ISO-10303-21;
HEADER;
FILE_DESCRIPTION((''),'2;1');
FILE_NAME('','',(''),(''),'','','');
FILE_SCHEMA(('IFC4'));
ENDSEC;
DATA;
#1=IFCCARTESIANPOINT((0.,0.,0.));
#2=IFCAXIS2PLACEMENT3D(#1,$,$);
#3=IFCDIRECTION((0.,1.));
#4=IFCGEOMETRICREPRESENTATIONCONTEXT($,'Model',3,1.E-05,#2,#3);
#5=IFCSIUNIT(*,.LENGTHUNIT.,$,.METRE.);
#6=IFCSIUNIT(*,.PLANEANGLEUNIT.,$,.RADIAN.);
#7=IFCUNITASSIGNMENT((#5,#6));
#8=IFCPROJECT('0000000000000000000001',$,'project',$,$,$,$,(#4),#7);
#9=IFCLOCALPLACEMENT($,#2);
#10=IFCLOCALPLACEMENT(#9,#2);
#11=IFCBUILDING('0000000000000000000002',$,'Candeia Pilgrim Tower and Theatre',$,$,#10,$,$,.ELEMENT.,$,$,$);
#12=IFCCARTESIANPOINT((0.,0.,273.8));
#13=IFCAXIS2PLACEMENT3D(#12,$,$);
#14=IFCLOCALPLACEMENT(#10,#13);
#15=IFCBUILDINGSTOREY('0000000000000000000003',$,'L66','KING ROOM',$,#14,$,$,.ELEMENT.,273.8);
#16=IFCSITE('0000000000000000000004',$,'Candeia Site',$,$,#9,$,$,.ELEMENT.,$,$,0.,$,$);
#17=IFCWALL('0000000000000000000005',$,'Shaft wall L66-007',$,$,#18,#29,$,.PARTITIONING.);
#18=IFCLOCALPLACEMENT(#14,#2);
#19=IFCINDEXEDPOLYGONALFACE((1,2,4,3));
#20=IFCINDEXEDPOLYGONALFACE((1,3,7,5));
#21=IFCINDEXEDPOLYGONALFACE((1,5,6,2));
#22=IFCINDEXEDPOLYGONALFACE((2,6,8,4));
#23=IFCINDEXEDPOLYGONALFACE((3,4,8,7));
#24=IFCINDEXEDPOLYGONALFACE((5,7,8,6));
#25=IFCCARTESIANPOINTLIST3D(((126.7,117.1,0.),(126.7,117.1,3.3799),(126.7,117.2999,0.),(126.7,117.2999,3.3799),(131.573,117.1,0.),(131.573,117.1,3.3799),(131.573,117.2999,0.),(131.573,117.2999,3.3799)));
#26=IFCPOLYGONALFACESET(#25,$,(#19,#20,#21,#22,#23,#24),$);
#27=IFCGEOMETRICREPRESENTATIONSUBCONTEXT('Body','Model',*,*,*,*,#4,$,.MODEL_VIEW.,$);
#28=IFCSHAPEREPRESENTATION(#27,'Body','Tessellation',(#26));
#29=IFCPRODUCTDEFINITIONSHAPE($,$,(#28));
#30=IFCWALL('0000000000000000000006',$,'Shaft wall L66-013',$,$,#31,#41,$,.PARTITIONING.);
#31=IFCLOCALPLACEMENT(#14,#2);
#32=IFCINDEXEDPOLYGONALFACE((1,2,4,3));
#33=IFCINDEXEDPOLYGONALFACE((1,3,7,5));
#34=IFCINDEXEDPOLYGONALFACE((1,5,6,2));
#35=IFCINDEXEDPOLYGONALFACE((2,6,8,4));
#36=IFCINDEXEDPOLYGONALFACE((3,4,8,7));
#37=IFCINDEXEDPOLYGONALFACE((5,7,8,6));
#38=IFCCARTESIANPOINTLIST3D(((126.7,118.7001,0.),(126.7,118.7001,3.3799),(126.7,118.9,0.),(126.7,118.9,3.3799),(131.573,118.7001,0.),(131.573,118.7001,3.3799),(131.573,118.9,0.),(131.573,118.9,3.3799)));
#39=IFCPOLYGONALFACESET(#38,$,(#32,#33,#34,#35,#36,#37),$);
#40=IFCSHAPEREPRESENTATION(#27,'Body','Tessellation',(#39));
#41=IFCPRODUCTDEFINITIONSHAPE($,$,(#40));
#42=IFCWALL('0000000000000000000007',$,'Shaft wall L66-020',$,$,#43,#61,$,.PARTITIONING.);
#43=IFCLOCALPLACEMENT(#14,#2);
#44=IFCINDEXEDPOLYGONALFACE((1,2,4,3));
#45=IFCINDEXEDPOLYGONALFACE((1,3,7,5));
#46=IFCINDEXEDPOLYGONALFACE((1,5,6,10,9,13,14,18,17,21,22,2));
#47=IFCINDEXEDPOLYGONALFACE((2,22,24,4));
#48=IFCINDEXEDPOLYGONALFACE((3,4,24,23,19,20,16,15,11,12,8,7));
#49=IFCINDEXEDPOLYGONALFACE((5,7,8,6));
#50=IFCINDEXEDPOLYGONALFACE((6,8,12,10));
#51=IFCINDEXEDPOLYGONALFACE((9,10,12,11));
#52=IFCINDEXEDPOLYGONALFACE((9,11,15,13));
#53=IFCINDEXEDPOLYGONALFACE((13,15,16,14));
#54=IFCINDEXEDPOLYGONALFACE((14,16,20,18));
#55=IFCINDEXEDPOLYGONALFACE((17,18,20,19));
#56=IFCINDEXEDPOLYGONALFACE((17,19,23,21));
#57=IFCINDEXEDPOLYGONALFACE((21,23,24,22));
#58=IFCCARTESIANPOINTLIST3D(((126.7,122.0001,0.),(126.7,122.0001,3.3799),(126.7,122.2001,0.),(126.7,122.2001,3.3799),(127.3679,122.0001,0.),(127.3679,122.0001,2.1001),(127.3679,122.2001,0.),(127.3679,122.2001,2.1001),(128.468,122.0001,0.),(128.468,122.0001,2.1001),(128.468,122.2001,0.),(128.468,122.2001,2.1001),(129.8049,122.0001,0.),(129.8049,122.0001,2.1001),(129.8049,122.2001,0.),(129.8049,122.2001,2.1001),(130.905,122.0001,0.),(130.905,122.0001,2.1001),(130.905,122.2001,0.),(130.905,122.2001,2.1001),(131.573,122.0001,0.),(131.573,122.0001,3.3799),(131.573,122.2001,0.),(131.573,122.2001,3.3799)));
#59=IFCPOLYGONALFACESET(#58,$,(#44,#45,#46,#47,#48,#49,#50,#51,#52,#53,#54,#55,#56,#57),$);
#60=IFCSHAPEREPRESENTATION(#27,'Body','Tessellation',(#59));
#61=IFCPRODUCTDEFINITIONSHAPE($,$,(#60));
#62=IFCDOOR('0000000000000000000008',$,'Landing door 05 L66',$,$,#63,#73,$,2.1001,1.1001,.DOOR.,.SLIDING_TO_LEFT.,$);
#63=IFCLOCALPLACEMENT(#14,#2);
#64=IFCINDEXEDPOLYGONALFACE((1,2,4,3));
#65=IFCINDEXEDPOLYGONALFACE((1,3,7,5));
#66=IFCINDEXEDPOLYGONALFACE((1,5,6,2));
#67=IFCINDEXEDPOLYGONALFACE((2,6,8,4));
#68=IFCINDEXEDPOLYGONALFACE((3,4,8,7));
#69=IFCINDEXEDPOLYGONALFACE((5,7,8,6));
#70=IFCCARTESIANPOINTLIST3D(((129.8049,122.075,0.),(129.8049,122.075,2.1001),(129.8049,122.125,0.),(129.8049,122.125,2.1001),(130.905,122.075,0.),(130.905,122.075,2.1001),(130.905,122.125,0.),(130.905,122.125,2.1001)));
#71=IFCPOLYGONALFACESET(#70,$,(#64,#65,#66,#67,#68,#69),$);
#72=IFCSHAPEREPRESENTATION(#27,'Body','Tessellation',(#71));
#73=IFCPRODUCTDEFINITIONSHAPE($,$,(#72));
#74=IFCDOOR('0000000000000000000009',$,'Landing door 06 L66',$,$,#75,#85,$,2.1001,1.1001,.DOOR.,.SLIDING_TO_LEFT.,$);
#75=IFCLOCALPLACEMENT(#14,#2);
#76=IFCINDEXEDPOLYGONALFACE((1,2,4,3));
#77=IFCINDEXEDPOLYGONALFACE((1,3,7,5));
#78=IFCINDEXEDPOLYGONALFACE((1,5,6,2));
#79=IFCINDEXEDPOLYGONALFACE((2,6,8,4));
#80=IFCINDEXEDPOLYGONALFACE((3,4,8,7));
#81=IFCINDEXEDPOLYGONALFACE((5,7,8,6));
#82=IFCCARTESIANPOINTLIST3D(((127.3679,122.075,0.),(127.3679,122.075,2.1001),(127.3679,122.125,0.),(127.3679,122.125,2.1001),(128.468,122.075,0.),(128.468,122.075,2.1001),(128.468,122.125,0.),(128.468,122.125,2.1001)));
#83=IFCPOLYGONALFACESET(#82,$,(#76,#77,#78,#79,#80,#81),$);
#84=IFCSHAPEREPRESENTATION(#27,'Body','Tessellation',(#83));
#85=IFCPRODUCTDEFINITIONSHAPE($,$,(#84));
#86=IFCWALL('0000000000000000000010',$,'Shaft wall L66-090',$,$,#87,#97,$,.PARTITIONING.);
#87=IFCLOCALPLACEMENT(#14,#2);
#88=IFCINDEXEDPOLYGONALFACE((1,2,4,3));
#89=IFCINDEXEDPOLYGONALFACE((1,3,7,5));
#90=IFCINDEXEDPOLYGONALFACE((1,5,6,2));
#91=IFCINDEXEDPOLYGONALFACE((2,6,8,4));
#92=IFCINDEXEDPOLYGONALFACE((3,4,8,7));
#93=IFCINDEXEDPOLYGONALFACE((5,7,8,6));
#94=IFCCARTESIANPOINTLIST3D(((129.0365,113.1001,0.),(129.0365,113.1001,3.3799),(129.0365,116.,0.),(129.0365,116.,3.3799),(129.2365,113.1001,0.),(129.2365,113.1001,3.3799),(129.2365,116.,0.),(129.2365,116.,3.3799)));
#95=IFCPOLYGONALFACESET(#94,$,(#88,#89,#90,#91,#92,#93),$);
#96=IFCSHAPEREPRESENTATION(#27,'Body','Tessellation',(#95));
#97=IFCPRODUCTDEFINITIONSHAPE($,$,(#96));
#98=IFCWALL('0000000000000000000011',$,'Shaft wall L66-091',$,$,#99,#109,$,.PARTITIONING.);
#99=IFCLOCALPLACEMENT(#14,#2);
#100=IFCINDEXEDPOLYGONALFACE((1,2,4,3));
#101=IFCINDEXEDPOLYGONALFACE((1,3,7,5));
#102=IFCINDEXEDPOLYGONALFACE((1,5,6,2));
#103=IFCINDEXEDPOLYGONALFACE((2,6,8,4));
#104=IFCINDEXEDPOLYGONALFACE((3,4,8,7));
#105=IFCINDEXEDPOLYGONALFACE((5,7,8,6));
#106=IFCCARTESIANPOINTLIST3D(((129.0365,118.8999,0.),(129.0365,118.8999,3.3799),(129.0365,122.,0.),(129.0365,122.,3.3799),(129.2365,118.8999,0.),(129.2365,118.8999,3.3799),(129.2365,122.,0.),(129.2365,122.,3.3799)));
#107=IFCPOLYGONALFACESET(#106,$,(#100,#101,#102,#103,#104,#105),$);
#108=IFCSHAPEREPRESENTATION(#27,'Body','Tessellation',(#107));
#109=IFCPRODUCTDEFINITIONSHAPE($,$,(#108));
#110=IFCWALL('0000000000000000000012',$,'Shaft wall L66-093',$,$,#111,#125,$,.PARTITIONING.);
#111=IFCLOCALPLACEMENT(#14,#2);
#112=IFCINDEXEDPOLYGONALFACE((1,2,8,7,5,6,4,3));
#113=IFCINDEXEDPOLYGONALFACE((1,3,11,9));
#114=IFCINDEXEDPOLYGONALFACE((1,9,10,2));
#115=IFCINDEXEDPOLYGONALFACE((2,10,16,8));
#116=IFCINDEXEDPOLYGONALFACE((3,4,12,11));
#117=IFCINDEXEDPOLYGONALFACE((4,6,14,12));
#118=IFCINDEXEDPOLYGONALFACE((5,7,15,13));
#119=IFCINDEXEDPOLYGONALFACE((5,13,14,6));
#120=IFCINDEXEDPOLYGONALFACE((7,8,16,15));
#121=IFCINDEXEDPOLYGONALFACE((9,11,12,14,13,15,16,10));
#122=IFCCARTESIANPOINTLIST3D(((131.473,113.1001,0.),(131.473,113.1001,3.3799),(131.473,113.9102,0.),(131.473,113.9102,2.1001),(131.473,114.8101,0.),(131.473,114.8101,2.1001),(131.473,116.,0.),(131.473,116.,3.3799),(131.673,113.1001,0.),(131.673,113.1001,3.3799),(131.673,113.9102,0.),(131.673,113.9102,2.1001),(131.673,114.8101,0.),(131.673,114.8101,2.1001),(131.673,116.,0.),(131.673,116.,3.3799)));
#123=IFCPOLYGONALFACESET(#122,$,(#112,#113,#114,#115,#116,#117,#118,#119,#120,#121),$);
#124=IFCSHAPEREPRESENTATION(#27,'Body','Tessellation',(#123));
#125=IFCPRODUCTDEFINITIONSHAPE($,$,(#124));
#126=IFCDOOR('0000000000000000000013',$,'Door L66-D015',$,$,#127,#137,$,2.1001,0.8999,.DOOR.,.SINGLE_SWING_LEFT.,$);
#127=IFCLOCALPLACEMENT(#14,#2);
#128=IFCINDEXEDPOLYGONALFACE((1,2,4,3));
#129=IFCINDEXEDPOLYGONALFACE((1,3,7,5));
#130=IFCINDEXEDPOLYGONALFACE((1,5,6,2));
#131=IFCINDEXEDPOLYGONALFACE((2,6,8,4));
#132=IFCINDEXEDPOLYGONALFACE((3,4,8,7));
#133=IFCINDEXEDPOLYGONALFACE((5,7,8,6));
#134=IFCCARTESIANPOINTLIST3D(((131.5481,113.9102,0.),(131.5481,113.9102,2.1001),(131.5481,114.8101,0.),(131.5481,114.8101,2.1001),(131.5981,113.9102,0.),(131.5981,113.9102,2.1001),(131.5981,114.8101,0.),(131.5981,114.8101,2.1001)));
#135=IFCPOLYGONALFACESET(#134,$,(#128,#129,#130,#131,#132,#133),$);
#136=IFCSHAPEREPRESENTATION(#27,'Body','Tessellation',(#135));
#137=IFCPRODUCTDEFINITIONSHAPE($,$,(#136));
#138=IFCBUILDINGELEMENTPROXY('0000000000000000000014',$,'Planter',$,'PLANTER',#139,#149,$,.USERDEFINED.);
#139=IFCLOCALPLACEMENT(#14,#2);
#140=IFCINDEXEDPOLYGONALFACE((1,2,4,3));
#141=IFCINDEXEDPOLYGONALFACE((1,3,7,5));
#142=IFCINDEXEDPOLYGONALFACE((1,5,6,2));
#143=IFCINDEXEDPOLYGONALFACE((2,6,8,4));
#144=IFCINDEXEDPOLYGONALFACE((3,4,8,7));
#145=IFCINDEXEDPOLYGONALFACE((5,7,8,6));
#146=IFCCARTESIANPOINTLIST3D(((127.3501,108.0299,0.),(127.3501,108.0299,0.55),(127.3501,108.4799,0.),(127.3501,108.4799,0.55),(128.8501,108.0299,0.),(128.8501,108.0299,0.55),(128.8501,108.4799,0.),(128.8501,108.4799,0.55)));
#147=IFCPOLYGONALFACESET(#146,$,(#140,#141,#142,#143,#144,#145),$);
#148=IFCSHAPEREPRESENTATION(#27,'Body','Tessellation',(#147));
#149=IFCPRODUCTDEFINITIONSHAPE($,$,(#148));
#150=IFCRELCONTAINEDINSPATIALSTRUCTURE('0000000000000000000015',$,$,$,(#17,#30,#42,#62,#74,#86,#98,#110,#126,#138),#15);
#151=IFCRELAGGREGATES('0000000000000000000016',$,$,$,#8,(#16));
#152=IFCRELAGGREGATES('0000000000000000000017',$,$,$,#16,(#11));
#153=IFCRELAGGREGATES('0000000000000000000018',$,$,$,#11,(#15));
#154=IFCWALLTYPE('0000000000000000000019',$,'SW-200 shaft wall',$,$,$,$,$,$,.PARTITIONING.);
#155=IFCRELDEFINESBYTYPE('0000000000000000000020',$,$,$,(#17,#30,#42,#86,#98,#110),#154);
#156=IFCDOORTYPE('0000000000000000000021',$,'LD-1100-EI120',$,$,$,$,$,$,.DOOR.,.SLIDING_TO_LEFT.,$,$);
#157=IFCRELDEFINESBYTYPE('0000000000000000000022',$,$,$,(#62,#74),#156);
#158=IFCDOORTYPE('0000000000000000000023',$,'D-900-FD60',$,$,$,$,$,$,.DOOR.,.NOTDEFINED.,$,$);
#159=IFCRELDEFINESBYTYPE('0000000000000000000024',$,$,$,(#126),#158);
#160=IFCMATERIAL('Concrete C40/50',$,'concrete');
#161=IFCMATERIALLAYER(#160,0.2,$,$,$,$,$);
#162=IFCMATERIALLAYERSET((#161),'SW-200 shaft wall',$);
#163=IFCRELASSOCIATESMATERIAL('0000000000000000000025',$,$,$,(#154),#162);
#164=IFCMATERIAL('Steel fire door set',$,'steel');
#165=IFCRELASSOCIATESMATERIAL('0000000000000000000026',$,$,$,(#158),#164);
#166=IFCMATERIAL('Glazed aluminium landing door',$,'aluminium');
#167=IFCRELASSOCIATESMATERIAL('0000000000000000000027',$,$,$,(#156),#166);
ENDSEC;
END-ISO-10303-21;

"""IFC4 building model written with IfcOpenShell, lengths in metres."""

from ifc_helpers import new_model, si_unit, direction, frame, frame_2d, origin, origin_2d, place, context, subcontext, project, spatial, rectangle, extrude, material, layer, layer_set, type_object, element, fill, save


model = new_model("IFC4")

# Units and contexts
model_context = context("Model", 3, precision=1e-05, world=origin(), true_north=direction((0.0, 1.0)))
body_context = subcontext(model_context, "Body", "Model", "MODEL_VIEW")
ifc_project = project(units=[si_unit("LENGTHUNIT", "METRE"), si_unit("PLANEANGLEUNIT", "RADIAN")], contexts=[model_context])

# Site, building, storey
site_placement = place(None, origin())
site = spatial("IfcSite", under=ifc_project, at=site_placement, Name="Candeia Site", CompositionType="ELEMENT", RefElevation=0.0)
building_placement = place(site_placement, origin())
building = spatial("IfcBuilding", under=site, at=building_placement, Name="Candeia Pilgrim Tower and Theatre", CompositionType="ELEMENT")
storey_placement = place(building_placement, frame((0.0, 0.0, 273.8)))
storey = spatial("IfcBuildingStorey", under=building, at=storey_placement, Name="L66", Description="KING ROOM", CompositionType="ELEMENT", Elevation=273.8)

# Shared definitions
ifc_material_1 = material(Name="Concrete C40/50", Category="concrete")

# Shared definitions
ifc_material_2 = material(Name="Steel fire door set", Category="steel")

# Shared definitions
ifc_layer_1 = layer(ifc_material_1, 0.2)
ifc_layer_set_1 = layer_set([ifc_layer_1], Name="SW-200 shaft wall")
wall_type_1 = type_object("IfcWallType", Name="SW-200 shaft wall", PredefinedType="PARTITIONING", material=ifc_layer_set_1)
door_type_1 = type_object("IfcDoorType", Name="D-900-FD60", OperationType="NOTDEFINED", PredefinedType="DOOR", material=ifc_material_2)

# Walls
for number, where, z_axis, x_axis, name in (
    (1, (126.7, 117.2, 0.0), (0.0, 0.0, 1.0), (1.0, 0.0, 0.0), "Shaft wall L66-007"),
    (2, (126.7, 118.8, 0.0), (0.0, 0.0, 1.0), (1.0, 0.0, 0.0), "Shaft wall L66-013"),
):
    element("IfcWall", number, at=place(storey_placement, frame(where, z_axis=z_axis, x_axis=x_axis)), inside=storey, type_object=wall_type_1, Name=name, PredefinedType="PARTITIONING", context=body_context, shape_type="SweptSolid", body=[
        extrude(rectangle(XDim=4.873, YDim=0.2, at=frame_2d((2.4365, 0.0))), origin(), (0.0, 0.0, 1.0), 3.3799),
    ])

# Wall, openings, doors
wall_1_placement = place(storey_placement, frame((126.7, 122.1001, 0.0), z_axis=(0.0, 0.0, 1.0), x_axis=(1.0, 0.0, 0.0)))
wall_1 = element("IfcWall", 3, at=wall_1_placement, inside=storey, type_object=wall_type_1, Name="Shaft wall L66-020", PredefinedType="PARTITIONING", context=body_context, shape_type="SweptSolid", body=[
    extrude(rectangle(XDim=4.873, YDim=0.2, at=frame_2d((2.4365, 0.0))), origin(), (0.0, 0.0, 1.0), 3.3799),
])
opening_1_placement = place(wall_1_placement, frame((3.105, 0.0, 0.0)))
opening_1 = element("IfcOpeningElement", 4, at=opening_1_placement, cuts=wall_1, PredefinedType="OPENING", context=body_context, shape_type="SweptSolid", body=[
    extrude(rectangle(XDim=1.1001, YDim=2.1001, at=frame_2d((0.55, 1.05))), frame((0.0, 0.1099, 0.0), z_axis=(0.0, -1.0, 0.0), x_axis=(1.0, 0.0, 0.0)), (0.0, 0.0, 1.0), 0.22),
])
opening_2_placement = place(wall_1_placement, frame((0.668, 0.0, 0.0)))
opening_2 = element("IfcOpeningElement", 5, at=opening_2_placement, cuts=wall_1, PredefinedType="OPENING", context=body_context, shape_type="SweptSolid", body=[
    extrude(rectangle(XDim=1.1001, YDim=2.1001, at=frame_2d((0.55, 1.05))), frame((0.0, 0.1099, 0.0), z_axis=(0.0, -1.0, 0.0), x_axis=(1.0, 0.0, 0.0)), (0.0, 0.0, 1.0), 0.22),
])
ifc_material_3 = material(Name="Glazed aluminium landing door", Category="aluminium")
door_type_2 = type_object("IfcDoorType", Name="LD-1100-EI120", OperationType="SLIDING_TO_LEFT", PredefinedType="DOOR", material=ifc_material_3)
door_1_placement = place(opening_1_placement, origin())
door_1 = element("IfcDoor", 6, at=door_1_placement, inside=storey, type_object=door_type_2, Name="Landing door 05 L66", OperationType="SLIDING_TO_LEFT", OverallHeight=2.1001, OverallWidth=1.1001, PredefinedType="DOOR", context=body_context, shape_type="SweptSolid", body=[
    extrude(rectangle(XDim=1.1001, YDim=2.1001, at=frame_2d((0.55, 1.05))), frame((0.0, 0.0249, 0.0), z_axis=(0.0, -1.0, 0.0), x_axis=(1.0, 0.0, 0.0)), (0.0, 0.0, 1.0), 0.05),
])
fill(opening_1, door_1)
door_2_placement = place(opening_2_placement, origin())
door_2 = element("IfcDoor", 7, at=door_2_placement, inside=storey, type_object=door_type_2, Name="Landing door 06 L66", OperationType="SLIDING_TO_LEFT", OverallHeight=2.1001, OverallWidth=1.1001, PredefinedType="DOOR", context=body_context, shape_type="SweptSolid", body=[
    extrude(rectangle(XDim=1.1001, YDim=2.1001, at=frame_2d((0.55, 1.05))), frame((0.0, 0.0249, 0.0), z_axis=(0.0, -1.0, 0.0), x_axis=(1.0, 0.0, 0.0)), (0.0, 0.0, 1.0), 0.05),
])
fill(opening_2, door_2)

# Walls
wall_2_placement = place(storey_placement, frame((129.1365, 113.1001, 0.0), z_axis=(0.0, 0.0, 1.0), x_axis=(0.0, 1.0, 0.0)))
element("IfcWall", 8, at=wall_2_placement, inside=storey, type_object=wall_type_1, Name="Shaft wall L66-090", PredefinedType="PARTITIONING", context=body_context, shape_type="SweptSolid", body=[
    extrude(rectangle(XDim=2.8999, YDim=0.2, at=frame_2d((1.45, 0.0))), origin(), (0.0, 0.0, 1.0), 3.3799),
])
wall_3_placement = place(storey_placement, frame((129.1365, 118.8999, 0.0), z_axis=(0.0, 0.0, 1.0), x_axis=(0.0, 1.0, 0.0)))
element("IfcWall", 9, at=wall_3_placement, inside=storey, type_object=wall_type_1, Name="Shaft wall L66-091", PredefinedType="PARTITIONING", context=body_context, shape_type="SweptSolid", body=[
    extrude(rectangle(XDim=3.1001, YDim=0.2, at=frame_2d((1.55, 0.0))), origin(), (0.0, 0.0, 1.0), 3.3799),
])

# Wall, opening, door
wall_4_placement = place(storey_placement, frame((131.573, 113.1001, 0.0), z_axis=(0.0, 0.0, 1.0), x_axis=(0.0, 1.0, 0.0)))
wall_4 = element("IfcWall", 10, at=wall_4_placement, inside=storey, type_object=wall_type_1, Name="Shaft wall L66-093", PredefinedType="PARTITIONING", context=body_context, shape_type="SweptSolid", body=[
    extrude(rectangle(XDim=2.8999, YDim=0.2, at=frame_2d((1.45, 0.0))), origin(), (0.0, 0.0, 1.0), 3.3799),
])
opening_3_placement = place(wall_4_placement, frame((0.8101, 0.0, 0.0)))
opening_3 = element("IfcOpeningElement", 11, at=opening_3_placement, cuts=wall_4, PredefinedType="OPENING", context=body_context, shape_type="SweptSolid", body=[
    extrude(rectangle(XDim=0.8999, YDim=2.1001, at=frame_2d((0.45, 1.05))), frame((0.0, 0.1099, 0.0), z_axis=(0.0, -1.0, 0.0), x_axis=(1.0, 0.0, 0.0)), (0.0, 0.0, 1.0), 0.22),
])
door_3_placement = place(opening_3_placement, origin())
door_3 = element("IfcDoor", 12, at=door_3_placement, inside=storey, type_object=door_type_1, Name="Door L66-D015", OperationType="SINGLE_SWING_LEFT", OverallHeight=2.1001, OverallWidth=0.8999, PredefinedType="DOOR", context=body_context, shape_type="SweptSolid", body=[
    extrude(rectangle(XDim=0.8999, YDim=2.1001, at=frame_2d((0.45, 1.05))), frame((0.0, 0.0249, 0.0), z_axis=(0.0, -1.0, 0.0), x_axis=(1.0, 0.0, 0.0)), (0.0, 0.0, 1.0), 0.05),
])
fill(opening_3, door_3)

# Building element proxy
proxy_placement = place(storey_placement, frame((128.1001, 108.2549, 0.0), z_axis=(0.0, 0.0, 1.0), x_axis=(1.0, 0.0, 0.0)))
element("IfcBuildingElementProxy", 13, at=proxy_placement, inside=storey, Name="Planter", ObjectType="PLANTER", PredefinedType="USERDEFINED", context=body_context, shape_type="SweptSolid", body=[
    extrude(rectangle(XDim=1.5, YDim=0.45, at=origin_2d()), origin(), (0.0, 0.0, 1.0), 0.55),
])

save(model, "model.ifc")
